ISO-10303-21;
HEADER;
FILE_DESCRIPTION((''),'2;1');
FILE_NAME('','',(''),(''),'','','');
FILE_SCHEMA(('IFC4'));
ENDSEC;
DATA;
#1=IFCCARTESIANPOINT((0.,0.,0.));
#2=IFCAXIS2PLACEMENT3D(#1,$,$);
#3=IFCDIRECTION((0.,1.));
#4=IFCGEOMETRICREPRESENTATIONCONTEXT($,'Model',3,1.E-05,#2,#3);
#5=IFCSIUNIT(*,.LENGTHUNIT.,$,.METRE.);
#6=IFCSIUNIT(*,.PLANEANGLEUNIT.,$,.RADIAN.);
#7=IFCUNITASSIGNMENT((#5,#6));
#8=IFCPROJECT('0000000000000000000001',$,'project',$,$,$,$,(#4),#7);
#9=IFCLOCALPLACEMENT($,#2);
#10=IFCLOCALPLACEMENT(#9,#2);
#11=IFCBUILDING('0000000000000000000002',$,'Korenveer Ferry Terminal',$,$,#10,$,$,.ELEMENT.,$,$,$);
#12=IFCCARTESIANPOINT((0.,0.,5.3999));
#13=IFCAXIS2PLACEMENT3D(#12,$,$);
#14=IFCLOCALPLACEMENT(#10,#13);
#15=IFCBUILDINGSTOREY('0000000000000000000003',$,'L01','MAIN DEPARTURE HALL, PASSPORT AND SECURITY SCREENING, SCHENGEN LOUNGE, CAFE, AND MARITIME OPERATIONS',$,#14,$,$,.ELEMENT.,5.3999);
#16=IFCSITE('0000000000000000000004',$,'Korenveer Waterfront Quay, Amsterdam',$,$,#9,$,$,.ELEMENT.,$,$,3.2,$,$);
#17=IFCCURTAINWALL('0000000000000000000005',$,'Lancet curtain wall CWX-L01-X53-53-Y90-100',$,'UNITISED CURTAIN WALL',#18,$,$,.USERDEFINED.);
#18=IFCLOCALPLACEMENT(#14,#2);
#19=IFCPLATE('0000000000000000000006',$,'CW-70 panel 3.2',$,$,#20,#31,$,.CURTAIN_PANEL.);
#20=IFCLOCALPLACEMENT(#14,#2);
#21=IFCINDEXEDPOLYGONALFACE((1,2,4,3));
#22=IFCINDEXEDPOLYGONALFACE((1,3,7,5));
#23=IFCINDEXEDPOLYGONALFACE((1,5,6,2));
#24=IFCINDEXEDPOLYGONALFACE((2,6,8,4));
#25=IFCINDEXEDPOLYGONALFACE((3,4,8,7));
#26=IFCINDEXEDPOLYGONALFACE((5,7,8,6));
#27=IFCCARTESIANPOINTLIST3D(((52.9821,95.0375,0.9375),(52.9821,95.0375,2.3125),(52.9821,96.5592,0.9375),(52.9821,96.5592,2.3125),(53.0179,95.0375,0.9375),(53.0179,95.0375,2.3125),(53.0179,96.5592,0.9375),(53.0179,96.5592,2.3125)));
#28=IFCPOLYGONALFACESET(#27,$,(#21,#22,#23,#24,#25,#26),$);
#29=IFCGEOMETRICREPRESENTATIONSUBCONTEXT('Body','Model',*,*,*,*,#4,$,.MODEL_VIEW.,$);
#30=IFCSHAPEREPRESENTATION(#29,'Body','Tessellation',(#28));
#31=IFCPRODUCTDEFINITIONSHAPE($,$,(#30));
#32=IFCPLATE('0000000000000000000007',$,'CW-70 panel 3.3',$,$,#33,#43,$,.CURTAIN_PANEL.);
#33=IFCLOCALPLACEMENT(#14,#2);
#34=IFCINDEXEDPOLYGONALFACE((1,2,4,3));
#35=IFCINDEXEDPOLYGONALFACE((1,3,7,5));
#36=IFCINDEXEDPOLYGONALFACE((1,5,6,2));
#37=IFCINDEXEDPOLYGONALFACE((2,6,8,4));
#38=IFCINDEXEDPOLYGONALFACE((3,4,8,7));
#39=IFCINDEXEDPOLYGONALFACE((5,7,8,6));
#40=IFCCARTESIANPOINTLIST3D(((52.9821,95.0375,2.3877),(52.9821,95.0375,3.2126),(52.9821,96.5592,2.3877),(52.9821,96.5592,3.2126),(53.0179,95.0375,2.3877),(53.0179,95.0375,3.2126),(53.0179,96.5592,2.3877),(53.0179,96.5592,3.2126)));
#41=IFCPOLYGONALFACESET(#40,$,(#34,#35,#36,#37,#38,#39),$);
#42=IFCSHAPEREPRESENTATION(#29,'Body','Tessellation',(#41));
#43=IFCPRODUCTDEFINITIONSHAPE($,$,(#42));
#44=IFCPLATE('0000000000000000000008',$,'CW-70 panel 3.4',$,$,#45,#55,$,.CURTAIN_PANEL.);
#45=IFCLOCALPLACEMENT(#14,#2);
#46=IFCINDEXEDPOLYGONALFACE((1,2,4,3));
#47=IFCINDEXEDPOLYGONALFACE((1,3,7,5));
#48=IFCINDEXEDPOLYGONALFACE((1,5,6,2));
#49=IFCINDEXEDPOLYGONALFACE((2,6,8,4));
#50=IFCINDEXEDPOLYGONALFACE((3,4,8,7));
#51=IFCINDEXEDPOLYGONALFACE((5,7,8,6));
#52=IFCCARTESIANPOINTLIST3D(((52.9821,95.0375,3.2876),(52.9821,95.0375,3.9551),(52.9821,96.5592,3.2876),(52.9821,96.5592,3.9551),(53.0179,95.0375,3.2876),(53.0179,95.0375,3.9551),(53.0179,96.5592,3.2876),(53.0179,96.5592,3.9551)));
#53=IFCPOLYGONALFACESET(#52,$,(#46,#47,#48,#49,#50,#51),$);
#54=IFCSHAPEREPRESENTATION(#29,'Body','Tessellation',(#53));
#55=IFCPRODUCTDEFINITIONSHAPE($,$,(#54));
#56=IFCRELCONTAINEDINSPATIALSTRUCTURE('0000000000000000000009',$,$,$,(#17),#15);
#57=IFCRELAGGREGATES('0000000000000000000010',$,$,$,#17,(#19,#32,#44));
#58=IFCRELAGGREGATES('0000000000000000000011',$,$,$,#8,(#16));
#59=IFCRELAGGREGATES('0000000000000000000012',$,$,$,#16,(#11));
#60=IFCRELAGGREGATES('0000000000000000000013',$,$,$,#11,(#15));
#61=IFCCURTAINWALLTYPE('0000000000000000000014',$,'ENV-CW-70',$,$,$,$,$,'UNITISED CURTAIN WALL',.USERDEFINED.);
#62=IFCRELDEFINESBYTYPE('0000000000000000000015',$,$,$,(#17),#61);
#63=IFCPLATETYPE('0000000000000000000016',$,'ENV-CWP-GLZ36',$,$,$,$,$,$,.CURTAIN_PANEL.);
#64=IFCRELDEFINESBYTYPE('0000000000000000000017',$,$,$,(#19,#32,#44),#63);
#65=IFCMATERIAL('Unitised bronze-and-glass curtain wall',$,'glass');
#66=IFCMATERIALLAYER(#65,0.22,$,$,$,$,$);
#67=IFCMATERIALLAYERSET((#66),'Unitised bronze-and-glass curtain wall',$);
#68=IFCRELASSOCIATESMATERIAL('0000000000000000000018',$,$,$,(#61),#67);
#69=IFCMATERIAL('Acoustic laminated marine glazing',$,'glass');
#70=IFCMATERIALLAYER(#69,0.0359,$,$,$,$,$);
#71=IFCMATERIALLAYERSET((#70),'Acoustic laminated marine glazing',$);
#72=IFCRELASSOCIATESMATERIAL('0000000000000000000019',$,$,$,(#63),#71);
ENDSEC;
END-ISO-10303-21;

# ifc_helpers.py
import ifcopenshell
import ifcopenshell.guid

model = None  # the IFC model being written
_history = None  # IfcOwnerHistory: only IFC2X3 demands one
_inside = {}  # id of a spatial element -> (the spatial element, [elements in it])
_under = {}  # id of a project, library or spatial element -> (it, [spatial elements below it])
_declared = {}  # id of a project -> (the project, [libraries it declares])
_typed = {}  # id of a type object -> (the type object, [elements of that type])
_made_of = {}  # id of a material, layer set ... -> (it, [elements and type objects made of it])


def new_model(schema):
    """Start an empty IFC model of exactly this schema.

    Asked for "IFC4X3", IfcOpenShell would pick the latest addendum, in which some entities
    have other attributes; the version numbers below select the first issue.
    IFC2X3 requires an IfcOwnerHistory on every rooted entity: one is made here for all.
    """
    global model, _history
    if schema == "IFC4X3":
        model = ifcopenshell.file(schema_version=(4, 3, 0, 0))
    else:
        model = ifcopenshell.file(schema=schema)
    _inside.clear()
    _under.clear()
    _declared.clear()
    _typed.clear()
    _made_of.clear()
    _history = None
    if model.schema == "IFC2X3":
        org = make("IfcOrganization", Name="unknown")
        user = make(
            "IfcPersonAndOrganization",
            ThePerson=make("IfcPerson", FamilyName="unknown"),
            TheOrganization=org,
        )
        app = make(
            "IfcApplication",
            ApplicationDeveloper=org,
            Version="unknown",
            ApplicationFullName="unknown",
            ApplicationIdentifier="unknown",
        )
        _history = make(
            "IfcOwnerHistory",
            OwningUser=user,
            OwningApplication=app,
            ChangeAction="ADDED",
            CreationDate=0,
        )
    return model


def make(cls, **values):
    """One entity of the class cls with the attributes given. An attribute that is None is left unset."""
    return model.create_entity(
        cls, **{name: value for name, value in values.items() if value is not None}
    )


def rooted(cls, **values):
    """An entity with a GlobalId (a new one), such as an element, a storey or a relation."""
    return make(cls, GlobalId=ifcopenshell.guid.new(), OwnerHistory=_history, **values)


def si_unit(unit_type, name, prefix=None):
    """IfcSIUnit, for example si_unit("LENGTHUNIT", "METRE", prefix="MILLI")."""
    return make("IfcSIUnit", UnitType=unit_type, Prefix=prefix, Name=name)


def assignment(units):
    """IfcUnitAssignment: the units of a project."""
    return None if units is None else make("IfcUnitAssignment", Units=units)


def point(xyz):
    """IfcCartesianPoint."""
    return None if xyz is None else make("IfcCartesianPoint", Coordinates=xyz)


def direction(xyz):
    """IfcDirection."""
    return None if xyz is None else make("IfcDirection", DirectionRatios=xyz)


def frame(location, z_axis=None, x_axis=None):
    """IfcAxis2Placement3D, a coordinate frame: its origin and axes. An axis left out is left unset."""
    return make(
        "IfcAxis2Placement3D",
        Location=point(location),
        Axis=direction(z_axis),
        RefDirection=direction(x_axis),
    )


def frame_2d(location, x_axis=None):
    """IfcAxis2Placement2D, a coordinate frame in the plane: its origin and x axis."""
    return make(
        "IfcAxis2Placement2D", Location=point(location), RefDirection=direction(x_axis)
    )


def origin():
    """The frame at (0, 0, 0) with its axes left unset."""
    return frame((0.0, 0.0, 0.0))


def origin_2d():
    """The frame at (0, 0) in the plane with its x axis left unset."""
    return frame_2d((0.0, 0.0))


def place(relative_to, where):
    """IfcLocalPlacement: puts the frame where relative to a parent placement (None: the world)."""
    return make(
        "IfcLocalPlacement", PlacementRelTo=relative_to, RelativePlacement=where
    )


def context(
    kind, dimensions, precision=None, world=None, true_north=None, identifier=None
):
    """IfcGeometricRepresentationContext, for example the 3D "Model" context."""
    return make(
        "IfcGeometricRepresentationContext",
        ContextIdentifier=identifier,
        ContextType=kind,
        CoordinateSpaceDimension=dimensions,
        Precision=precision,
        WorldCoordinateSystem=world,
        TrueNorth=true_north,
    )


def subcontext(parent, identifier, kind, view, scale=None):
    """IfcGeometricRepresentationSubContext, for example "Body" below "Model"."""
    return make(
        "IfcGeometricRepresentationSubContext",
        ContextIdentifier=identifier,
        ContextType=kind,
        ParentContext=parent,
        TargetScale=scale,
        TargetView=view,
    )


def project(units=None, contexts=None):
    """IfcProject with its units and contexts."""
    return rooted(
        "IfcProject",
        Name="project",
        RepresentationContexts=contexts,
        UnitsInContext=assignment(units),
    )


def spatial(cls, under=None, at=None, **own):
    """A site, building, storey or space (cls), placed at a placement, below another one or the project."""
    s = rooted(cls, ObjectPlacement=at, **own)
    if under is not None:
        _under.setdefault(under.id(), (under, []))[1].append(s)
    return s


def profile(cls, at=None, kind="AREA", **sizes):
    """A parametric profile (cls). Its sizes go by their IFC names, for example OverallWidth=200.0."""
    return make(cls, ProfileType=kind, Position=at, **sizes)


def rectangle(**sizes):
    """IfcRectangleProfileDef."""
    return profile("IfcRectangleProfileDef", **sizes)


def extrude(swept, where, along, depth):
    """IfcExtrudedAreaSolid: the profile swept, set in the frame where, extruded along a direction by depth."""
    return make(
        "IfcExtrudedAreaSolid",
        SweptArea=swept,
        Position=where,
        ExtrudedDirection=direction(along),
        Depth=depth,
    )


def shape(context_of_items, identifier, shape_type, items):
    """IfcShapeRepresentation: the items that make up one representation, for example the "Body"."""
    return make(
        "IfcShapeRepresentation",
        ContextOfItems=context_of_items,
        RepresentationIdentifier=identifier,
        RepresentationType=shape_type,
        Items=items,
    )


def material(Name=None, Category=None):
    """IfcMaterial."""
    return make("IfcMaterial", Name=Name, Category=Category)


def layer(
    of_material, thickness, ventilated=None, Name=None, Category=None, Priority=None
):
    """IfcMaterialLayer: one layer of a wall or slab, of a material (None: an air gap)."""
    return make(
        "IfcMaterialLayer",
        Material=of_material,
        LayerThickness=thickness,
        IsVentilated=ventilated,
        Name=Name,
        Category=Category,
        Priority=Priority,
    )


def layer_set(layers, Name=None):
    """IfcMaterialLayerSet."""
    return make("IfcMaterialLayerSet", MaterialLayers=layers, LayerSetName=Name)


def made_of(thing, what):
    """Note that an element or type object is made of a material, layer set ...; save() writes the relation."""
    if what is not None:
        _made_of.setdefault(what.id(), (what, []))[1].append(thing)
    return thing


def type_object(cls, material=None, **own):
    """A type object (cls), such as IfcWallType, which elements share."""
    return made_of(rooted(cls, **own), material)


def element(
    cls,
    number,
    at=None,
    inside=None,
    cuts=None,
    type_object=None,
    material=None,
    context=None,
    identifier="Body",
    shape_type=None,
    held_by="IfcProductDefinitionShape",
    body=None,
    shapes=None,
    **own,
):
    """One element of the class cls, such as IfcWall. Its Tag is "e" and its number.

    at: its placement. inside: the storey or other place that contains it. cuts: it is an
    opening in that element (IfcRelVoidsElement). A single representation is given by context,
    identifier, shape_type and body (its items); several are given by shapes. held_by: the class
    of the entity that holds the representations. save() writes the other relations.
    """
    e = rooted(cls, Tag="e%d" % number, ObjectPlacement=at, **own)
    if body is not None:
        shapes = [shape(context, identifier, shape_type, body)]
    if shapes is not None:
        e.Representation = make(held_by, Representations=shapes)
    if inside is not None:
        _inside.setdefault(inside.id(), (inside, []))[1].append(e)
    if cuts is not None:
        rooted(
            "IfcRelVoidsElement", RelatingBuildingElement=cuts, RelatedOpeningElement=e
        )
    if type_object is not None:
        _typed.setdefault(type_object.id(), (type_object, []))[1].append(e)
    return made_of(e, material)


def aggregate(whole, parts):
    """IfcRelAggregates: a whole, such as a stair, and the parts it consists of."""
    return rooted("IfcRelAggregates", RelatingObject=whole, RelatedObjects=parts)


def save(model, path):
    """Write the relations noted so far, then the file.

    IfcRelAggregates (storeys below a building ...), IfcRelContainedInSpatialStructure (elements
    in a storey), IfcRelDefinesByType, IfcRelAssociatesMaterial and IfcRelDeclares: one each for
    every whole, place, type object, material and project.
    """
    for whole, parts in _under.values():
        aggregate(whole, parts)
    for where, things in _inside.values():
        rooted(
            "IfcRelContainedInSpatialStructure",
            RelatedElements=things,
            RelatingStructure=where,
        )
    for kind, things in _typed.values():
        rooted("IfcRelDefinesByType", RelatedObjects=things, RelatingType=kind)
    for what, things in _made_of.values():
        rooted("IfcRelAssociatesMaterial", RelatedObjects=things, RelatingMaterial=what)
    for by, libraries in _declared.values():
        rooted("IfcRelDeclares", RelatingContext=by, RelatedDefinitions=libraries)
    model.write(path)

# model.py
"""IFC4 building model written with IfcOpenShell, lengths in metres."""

from ifc_helpers import new_model, si_unit, direction, frame, origin, origin_2d, place, context, subcontext, project, spatial, rectangle, extrude, material, layer, layer_set, type_object, element, aggregate, save


model = new_model("IFC4")

# Units and contexts
model_context = context("Model", 3, precision=1e-05, world=origin(), true_north=direction((0.0, 1.0)))
body_context = subcontext(model_context, "Body", "Model", "MODEL_VIEW")
ifc_project = project(units=[si_unit("LENGTHUNIT", "METRE"), si_unit("PLANEANGLEUNIT", "RADIAN")], contexts=[model_context])

# Site, building, storey
site_placement = place(None, origin())
site = spatial("IfcSite", under=ifc_project, at=site_placement, Name="Korenveer Waterfront Quay, Amsterdam", CompositionType="ELEMENT", RefElevation=3.2)
building_placement = place(site_placement, origin())
building = spatial("IfcBuilding", under=site, at=building_placement, Name="Korenveer Ferry Terminal", CompositionType="ELEMENT")
storey_placement = place(building_placement, frame((0.0, 0.0, 5.3999)))
storey = spatial("IfcBuildingStorey", under=building, at=storey_placement, Name="L01", Description="MAIN DEPARTURE HALL, PASSPORT AND SECURITY SCREENING, SCHENGEN LOUNGE, CAFE, AND MARITIME OPERATIONS", CompositionType="ELEMENT", Elevation=5.3999)

# Curtain wall
ifc_material_1 = material(Name="Unitised bronze-and-glass curtain wall", Category="glass")
ifc_layer_1 = layer(ifc_material_1, 0.22)
ifc_layer_set_1 = layer_set([ifc_layer_1], Name="Unitised bronze-and-glass curtain wall")
curtain_wall_type_1 = type_object("IfcCurtainWallType", Name="ENV-CW-70", ElementType="UNITISED CURTAIN WALL", PredefinedType="USERDEFINED", material=ifc_layer_set_1)
curtain_wall_1_placement = place(storey_placement, frame((53.0, 99.79, 0.0)))
curtain_wall_1 = element("IfcCurtainWall", 1, at=curtain_wall_1_placement, inside=storey, type_object=curtain_wall_type_1, Name="Lancet curtain wall CWX-L01-X53-53-Y90-100", ObjectType="UNITISED CURTAIN WALL", PredefinedType="USERDEFINED")

# Plates
ifc_material_2 = material(Name="Acoustic laminated marine glazing", Category="glass")
ifc_layer_2 = layer(ifc_material_2, 0.0359)
ifc_layer_set_2 = layer_set([ifc_layer_2], Name="Acoustic laminated marine glazing")
plate_type = type_object("IfcPlateType", Name="ENV-CWP-GLZ36", PredefinedType="CURTAIN_PANEL", material=ifc_layer_set_2)
plate_1_placement = place(storey_placement, frame((53.0, 95.7983, 0.9375), z_axis=(0.0, 0.0, 1.0), x_axis=(0.0, -1.0, 0.0)))
plate_1 = element("IfcPlate", 2, at=plate_1_placement, type_object=plate_type, Name="CW-70 panel 3.2", PredefinedType="CURTAIN_PANEL", context=body_context, shape_type="SweptSolid", body=[
    extrude(rectangle(XDim=1.5217, YDim=0.0359, at=origin_2d()), origin(), (0.0, 0.0, 1.0), 1.375),
])
plate_2_placement = place(storey_placement, frame((53.0, 95.7983, 2.3877), z_axis=(0.0, 0.0, 1.0), x_axis=(0.0, -1.0, 0.0)))
plate_2 = element("IfcPlate", 3, at=plate_2_placement, type_object=plate_type, Name="CW-70 panel 3.3", PredefinedType="CURTAIN_PANEL", context=body_context, shape_type="SweptSolid", body=[
    extrude(rectangle(XDim=1.5217, YDim=0.0359, at=origin_2d()), origin(), (0.0, 0.0, 1.0), 0.825),
])
plate_3_placement = place(storey_placement, frame((53.0, 95.7983, 3.2876), z_axis=(0.0, 0.0, 1.0), x_axis=(0.0, -1.0, 0.0)))
plate_3 = element("IfcPlate", 4, at=plate_3_placement, type_object=plate_type, Name="CW-70 panel 3.4", PredefinedType="CURTAIN_PANEL", context=body_context, shape_type="SweptSolid", body=[
    extrude(rectangle(XDim=1.5217, YDim=0.0359, at=origin_2d()), origin(), (0.0, 0.0, 1.0), 0.6675),
])
aggregate(curtain_wall_1, [plate_1, plate_2, plate_3])

save(model, "model.ifc")
